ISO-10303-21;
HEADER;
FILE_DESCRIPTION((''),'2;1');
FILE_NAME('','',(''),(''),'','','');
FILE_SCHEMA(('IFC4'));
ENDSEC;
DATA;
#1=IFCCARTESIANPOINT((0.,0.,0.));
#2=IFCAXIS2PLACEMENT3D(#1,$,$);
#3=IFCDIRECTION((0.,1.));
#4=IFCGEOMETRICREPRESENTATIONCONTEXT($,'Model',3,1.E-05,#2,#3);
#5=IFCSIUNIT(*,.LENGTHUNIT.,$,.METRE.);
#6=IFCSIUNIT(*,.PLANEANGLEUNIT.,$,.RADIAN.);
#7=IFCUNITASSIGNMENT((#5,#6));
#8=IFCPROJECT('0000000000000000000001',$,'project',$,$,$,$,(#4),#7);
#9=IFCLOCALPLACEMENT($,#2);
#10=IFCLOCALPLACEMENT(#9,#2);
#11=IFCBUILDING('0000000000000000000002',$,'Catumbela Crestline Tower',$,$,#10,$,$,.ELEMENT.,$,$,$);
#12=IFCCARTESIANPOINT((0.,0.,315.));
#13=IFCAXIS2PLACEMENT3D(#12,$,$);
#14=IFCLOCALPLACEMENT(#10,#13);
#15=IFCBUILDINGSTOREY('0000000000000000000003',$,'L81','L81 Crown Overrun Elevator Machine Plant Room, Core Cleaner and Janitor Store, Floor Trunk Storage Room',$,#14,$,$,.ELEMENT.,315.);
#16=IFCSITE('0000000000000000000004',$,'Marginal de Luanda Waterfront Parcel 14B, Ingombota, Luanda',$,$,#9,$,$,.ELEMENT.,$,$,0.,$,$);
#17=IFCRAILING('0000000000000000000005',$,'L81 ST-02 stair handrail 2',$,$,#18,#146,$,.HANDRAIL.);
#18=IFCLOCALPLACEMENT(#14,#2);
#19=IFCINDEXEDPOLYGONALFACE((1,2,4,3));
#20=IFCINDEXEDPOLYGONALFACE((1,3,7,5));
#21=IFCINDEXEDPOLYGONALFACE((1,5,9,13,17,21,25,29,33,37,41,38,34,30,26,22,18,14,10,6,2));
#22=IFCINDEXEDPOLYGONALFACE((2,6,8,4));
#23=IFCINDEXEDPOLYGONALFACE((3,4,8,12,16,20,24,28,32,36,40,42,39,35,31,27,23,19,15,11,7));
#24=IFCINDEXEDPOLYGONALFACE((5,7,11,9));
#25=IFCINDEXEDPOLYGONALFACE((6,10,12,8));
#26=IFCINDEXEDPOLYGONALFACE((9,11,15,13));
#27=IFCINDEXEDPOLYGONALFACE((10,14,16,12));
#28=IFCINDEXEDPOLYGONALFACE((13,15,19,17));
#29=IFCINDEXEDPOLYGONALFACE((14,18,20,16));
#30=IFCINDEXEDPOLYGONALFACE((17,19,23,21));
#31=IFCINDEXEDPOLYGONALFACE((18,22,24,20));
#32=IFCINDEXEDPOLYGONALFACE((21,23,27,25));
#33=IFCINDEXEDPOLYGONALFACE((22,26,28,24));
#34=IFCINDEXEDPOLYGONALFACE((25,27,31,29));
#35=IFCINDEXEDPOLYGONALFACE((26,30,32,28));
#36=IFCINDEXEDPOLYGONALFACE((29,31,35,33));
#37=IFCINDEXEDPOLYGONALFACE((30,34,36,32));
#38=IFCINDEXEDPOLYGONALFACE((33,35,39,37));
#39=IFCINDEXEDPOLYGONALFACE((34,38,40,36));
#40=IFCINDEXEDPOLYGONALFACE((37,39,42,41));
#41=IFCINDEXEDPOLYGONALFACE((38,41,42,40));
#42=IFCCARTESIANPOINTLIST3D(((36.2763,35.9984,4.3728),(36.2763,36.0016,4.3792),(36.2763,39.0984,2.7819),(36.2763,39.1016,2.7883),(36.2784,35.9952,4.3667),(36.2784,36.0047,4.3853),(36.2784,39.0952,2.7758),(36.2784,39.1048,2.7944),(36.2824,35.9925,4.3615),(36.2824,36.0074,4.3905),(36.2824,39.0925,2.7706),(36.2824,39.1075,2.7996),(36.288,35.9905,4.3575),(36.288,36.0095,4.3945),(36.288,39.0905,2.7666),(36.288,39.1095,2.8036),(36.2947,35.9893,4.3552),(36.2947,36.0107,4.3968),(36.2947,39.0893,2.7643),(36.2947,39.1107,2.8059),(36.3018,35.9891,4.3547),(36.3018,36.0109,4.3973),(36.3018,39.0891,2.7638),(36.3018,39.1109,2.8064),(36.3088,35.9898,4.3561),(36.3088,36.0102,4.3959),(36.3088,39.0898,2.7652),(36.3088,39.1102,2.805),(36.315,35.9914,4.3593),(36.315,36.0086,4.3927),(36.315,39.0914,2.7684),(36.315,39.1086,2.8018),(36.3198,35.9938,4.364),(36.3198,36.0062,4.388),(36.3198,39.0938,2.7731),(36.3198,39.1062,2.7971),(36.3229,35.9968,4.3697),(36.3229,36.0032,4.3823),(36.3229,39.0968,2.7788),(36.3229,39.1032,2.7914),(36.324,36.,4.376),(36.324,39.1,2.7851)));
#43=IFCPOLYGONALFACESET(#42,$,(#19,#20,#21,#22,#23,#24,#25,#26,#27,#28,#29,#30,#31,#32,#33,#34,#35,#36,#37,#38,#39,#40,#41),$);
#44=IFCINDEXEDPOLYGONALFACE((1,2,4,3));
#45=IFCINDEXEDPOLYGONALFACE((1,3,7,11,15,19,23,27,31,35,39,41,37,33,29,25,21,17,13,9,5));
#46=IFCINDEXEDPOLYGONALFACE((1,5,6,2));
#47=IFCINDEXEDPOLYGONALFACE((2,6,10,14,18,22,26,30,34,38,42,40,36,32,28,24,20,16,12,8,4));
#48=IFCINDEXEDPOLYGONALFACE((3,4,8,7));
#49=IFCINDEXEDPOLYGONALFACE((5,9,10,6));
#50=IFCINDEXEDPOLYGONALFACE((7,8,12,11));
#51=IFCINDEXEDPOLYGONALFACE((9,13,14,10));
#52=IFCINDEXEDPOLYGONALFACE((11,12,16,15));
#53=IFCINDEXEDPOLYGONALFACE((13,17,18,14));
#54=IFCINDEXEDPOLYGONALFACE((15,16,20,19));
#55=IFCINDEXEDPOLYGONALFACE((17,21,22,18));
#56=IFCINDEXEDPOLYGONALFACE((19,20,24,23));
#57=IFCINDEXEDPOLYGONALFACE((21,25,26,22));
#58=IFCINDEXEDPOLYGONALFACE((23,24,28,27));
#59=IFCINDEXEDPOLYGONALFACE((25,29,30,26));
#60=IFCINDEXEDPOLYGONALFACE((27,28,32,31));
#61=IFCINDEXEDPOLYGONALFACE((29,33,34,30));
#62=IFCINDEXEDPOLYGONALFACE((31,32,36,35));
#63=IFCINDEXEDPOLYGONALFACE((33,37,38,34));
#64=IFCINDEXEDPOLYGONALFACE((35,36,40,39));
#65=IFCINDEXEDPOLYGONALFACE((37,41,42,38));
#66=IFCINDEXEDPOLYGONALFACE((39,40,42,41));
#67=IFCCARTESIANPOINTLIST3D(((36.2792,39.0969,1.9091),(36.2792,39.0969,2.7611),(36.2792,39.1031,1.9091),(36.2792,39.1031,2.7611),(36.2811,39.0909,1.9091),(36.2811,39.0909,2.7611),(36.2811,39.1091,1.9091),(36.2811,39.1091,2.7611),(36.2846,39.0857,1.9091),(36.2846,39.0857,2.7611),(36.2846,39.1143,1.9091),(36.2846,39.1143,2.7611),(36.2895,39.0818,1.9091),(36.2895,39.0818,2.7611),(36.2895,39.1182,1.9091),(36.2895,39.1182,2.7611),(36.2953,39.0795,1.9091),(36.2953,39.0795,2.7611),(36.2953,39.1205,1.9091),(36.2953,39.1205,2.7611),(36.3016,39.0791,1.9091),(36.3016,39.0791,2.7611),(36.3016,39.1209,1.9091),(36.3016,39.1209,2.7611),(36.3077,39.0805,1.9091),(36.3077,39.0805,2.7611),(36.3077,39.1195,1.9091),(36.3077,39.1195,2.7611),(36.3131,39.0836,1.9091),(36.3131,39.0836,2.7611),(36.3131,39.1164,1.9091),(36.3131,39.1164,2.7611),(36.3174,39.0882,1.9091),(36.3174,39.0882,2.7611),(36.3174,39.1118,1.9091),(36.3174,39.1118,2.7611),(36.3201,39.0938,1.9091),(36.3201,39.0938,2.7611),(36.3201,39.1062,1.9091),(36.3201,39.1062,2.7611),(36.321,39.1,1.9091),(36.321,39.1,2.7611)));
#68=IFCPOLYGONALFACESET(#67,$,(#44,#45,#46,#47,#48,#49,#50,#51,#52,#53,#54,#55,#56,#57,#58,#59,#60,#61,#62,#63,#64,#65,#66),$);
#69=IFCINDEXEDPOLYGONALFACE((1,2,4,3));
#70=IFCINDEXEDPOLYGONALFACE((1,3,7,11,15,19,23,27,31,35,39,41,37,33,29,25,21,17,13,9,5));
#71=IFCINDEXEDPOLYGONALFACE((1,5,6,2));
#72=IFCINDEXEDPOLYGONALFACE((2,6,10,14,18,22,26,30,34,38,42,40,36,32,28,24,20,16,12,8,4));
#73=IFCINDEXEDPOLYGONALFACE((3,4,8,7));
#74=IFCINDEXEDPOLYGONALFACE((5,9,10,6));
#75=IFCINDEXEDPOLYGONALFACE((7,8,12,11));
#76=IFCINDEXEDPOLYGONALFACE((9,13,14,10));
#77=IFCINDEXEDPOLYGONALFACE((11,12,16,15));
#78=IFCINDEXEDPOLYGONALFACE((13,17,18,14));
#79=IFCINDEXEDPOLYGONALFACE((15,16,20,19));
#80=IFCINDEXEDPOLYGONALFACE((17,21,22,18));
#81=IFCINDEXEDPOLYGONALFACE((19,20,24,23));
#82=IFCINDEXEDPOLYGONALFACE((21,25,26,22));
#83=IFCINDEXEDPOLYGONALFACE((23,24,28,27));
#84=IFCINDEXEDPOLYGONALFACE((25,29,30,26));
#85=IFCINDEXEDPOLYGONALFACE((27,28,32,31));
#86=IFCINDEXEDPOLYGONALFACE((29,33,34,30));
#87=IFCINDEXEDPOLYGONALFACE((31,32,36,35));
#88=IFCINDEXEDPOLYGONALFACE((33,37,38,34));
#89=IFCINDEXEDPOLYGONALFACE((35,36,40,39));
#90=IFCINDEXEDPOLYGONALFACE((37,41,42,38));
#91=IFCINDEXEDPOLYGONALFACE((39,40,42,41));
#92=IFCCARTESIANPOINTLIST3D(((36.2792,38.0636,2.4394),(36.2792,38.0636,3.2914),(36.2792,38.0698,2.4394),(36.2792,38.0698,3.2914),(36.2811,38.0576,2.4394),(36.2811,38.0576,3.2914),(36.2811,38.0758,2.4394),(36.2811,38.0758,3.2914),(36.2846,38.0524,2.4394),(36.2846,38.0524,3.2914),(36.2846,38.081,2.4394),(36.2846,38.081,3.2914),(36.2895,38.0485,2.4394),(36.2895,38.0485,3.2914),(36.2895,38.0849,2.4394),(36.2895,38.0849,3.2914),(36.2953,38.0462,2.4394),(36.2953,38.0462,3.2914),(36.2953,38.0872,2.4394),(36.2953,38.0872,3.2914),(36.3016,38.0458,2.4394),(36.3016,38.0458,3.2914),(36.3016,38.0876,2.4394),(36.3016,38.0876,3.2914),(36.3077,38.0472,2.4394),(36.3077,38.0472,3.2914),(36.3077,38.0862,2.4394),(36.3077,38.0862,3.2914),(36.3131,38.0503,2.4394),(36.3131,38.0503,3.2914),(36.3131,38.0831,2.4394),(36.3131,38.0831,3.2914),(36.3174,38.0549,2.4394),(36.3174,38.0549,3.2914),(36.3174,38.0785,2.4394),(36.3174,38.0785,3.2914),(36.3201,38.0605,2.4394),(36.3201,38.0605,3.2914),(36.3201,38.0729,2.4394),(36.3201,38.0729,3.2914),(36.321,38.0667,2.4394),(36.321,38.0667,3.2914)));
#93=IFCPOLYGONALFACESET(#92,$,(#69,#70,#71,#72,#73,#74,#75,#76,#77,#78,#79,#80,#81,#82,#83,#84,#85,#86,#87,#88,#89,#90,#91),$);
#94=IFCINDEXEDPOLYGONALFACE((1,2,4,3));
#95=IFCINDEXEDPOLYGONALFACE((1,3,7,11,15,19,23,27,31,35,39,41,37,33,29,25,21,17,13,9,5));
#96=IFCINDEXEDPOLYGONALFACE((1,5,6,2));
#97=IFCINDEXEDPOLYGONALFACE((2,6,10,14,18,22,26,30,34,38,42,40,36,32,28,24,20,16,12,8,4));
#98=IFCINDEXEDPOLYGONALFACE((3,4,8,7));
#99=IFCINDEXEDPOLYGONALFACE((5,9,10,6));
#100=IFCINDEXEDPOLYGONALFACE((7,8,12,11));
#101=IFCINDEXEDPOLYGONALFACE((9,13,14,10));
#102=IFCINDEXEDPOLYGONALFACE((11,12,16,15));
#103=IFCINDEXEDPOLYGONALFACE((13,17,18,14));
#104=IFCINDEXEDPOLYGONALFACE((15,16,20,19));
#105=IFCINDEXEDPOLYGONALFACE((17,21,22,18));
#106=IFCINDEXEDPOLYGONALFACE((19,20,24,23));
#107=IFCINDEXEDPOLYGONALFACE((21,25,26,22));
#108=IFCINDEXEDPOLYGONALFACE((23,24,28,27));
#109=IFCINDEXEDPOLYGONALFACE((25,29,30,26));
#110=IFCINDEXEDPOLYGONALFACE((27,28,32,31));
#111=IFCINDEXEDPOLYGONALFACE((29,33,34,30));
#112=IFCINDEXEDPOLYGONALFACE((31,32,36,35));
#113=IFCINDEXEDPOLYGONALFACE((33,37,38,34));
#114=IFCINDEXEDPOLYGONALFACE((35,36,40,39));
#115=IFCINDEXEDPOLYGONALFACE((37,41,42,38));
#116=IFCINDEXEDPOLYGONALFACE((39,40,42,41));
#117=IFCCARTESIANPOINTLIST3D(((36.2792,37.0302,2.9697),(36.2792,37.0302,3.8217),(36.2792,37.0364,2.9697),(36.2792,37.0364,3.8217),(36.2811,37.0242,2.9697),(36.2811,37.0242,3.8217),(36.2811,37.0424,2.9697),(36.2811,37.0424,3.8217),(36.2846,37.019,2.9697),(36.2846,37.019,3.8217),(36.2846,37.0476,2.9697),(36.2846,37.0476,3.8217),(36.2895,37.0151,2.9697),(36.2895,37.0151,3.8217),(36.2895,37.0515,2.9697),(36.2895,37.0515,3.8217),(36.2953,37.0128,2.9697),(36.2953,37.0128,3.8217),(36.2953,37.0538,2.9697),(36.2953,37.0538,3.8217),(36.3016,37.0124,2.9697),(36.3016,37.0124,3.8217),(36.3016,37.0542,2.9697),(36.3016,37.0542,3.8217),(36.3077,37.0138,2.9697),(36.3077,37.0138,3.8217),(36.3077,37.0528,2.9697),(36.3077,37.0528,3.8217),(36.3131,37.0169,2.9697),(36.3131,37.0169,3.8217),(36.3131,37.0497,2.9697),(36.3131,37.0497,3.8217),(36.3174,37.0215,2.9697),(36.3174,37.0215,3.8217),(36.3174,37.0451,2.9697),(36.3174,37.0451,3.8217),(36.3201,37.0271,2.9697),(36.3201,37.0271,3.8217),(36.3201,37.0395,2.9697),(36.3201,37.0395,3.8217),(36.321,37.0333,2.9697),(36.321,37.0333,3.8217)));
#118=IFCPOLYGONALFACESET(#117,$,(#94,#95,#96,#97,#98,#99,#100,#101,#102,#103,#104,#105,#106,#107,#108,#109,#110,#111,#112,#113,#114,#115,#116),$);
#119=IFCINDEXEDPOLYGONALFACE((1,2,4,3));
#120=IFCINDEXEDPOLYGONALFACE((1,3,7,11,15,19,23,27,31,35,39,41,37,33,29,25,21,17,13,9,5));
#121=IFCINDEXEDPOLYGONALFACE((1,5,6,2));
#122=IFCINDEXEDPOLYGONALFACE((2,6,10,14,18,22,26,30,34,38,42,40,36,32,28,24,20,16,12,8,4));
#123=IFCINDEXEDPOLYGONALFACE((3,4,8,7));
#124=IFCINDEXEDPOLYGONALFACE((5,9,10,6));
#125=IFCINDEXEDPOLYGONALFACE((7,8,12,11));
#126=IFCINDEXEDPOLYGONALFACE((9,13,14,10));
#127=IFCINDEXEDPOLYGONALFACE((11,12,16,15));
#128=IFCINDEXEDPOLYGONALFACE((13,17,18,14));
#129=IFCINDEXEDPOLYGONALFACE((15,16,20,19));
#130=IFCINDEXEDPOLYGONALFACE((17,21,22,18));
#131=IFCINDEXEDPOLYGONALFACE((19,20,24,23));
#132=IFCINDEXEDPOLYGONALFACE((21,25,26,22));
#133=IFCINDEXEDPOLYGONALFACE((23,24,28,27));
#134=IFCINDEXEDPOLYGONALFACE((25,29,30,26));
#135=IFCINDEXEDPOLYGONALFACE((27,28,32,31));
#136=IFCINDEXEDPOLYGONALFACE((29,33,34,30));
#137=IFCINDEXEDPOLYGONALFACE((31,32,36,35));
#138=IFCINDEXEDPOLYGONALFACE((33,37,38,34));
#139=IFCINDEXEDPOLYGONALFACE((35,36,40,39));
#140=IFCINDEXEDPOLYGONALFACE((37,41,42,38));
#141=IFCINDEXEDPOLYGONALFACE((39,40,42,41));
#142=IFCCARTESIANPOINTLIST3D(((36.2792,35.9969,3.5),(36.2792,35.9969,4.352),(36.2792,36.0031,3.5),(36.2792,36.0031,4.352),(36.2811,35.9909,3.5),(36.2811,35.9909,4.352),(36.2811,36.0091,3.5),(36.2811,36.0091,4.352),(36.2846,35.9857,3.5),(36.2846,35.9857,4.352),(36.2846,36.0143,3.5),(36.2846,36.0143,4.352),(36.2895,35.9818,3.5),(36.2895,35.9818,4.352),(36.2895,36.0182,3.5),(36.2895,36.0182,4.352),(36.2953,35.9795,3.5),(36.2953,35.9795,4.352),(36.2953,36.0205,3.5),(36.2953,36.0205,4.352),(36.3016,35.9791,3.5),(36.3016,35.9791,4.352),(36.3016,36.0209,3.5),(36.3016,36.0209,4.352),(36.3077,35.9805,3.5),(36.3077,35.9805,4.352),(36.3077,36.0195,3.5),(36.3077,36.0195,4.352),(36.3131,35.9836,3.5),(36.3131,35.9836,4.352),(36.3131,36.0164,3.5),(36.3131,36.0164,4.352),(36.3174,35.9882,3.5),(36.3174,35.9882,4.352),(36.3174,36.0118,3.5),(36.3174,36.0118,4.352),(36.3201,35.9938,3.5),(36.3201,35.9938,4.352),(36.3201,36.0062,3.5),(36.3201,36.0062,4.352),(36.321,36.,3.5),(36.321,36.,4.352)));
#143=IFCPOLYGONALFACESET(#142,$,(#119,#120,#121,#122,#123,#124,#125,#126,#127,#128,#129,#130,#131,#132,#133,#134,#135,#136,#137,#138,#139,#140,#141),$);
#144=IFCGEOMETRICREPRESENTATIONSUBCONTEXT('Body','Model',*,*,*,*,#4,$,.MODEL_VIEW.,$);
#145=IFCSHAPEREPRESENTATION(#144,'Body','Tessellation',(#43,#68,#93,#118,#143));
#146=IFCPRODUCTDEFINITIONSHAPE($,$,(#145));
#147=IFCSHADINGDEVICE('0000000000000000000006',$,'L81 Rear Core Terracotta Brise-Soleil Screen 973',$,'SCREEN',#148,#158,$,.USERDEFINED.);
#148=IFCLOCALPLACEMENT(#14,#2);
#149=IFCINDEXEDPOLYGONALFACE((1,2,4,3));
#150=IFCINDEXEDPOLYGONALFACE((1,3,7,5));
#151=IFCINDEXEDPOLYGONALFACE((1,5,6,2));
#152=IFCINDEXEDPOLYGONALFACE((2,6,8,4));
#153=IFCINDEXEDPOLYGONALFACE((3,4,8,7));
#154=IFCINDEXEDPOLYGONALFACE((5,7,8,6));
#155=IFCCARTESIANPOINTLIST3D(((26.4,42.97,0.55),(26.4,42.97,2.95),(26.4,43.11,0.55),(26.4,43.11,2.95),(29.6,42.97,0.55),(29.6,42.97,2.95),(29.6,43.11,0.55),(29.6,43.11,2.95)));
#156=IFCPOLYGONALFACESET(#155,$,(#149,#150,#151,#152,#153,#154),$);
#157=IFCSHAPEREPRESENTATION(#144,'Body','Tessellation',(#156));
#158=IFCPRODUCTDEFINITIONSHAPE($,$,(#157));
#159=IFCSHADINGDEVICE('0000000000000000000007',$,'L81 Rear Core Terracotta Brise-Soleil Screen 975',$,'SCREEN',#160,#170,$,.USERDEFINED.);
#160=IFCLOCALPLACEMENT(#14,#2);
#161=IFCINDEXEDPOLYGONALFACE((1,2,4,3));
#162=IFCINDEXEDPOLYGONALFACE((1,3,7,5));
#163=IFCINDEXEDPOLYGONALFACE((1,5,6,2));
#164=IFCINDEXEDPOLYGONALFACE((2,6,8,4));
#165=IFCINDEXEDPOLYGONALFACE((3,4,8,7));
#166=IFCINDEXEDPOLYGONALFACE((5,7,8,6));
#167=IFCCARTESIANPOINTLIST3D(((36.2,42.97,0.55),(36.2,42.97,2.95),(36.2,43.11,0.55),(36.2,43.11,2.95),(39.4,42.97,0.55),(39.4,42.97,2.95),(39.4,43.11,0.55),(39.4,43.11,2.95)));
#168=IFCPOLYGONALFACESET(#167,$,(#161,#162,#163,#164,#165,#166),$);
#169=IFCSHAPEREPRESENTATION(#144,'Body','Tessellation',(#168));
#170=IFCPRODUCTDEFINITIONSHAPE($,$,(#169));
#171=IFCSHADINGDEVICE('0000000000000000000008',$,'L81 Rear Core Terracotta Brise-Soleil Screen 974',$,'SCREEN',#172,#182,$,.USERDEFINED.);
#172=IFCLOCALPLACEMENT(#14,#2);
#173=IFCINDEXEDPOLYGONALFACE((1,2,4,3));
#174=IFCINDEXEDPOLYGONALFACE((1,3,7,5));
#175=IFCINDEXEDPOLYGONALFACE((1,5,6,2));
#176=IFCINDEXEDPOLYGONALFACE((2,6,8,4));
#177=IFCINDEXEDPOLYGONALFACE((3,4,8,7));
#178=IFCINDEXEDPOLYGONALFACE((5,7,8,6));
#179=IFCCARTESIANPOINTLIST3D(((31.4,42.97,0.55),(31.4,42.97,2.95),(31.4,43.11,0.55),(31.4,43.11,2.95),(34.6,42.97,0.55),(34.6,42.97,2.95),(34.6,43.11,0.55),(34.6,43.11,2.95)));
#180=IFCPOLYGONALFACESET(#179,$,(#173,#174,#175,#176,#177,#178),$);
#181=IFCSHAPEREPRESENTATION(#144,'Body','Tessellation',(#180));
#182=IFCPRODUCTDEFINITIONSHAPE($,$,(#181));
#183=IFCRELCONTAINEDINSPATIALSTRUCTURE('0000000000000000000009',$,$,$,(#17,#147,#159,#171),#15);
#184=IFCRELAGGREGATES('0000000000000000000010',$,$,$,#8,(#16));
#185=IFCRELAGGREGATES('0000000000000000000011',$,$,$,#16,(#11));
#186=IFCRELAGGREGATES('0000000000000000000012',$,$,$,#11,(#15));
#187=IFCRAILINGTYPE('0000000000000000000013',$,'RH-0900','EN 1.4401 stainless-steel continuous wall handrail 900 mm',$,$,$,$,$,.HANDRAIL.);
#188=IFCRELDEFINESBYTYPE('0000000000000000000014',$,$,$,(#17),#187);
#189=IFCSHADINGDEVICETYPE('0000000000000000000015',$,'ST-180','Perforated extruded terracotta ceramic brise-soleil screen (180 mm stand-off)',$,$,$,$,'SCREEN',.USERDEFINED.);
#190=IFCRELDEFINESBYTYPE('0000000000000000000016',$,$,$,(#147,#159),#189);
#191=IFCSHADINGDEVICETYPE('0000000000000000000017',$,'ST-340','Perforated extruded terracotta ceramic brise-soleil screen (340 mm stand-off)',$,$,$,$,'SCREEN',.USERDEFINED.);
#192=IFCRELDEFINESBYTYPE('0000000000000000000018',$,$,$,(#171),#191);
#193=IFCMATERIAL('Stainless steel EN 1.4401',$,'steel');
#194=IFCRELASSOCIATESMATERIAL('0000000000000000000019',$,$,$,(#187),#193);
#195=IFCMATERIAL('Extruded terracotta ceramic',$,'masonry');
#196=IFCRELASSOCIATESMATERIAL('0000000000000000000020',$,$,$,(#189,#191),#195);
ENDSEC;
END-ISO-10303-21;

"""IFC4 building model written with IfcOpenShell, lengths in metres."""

from ifc_helpers import new_model, si_unit, direction, frame, origin, origin_2d, place, context, subcontext, project, spatial, rectangle, circle, extrude, material, type_object, element, save


model = new_model("IFC4")

# Units and contexts
model_context = context("Model", 3, precision=1e-05, world=origin(), true_north=direction((0.0, 1.0)))
body_context = subcontext(model_context, "Body", "Model", "MODEL_VIEW")
ifc_project = project(units=[si_unit("LENGTHUNIT", "METRE"), si_unit("PLANEANGLEUNIT", "RADIAN")], contexts=[model_context])

# Site, building, storey
site_placement = place(None, origin())
site = spatial("IfcSite", under=ifc_project, at=site_placement, Name="Marginal de Luanda Waterfront Parcel 14B, Ingombota, Luanda", CompositionType="ELEMENT", RefElevation=0.0)
building_placement = place(site_placement, origin())
building = spatial("IfcBuilding", under=site, at=building_placement, Name="Catumbela Crestline Tower", CompositionType="ELEMENT")
storey_placement = place(building_placement, frame((0.0, 0.0, 315.0)))
storey = spatial("IfcBuildingStorey", under=building, at=storey_placement, Name="L81", Description="L81 Crown Overrun Elevator Machine Plant Room, Core Cleaner and Janitor Store, Floor Trunk Storage Room", CompositionType="ELEMENT", Elevation=315.0)

# Shared definitions
ifc_material_1 = material(Name="Stainless steel EN 1.4401", Category="steel")

# Railing
railing_type_1 = type_object("IfcRailingType", Name="RH-0900", Description="EN 1.4401 stainless-steel continuous wall handrail 900 mm", PredefinedType="HANDRAIL", material=ifc_material_1)
railing_1_placement = place(storey_placement, frame((36.3, 39.1, 1.9091)))
element("IfcRailing", 1, at=railing_1_placement, inside=storey, type_object=railing_type_1, Name="L81 ST-02 stair handrail 2", PredefinedType="HANDRAIL", context=body_context, shape_type="SweptSolid", body=[
    extrude(circle(Radius=0.024, at=origin_2d()), frame((0.0, 0.0, 0.876), z_axis=(0.0, -0.889683, 0.456579), x_axis=(1.0, 0.0, 0.0)), (0.0, 0.0, 1.0), 3.4844),
    extrude(circle(Radius=0.021, at=origin_2d()), origin(), (0.0, 0.0, 1.0), 0.852),
    extrude(circle(Radius=0.021, at=origin_2d()), frame((0.0, -1.0333, 0.5303)), (0.0, 0.0, 1.0), 0.852),
    extrude(circle(Radius=0.021, at=origin_2d()), frame((0.0, -2.0667, 1.0606)), (0.0, 0.0, 1.0), 0.852),
    extrude(circle(Radius=0.021, at=origin_2d()), frame((0.0, -3.1, 1.5909)), (0.0, 0.0, 1.0), 0.852),
])

# Shading devices
ifc_material_2 = material(Name="Extruded terracotta ceramic", Category="masonry")
shading_device_type_1 = type_object("IfcShadingDeviceType", Name="ST-180", Description="Perforated extruded terracotta ceramic brise-soleil screen (180 mm stand-off)", ElementType="SCREEN", PredefinedType="USERDEFINED", material=ifc_material_2)
for number, where, z_axis, x_axis, name in (
    (2, (28.0, 43.04, 0.55), (0.0, 0.0, 1.0), (1.0, 0.0, 0.0), "L81 Rear Core Terracotta Brise-Soleil Screen 973"),
    (3, (37.8, 43.04, 0.55), (0.0, 0.0, 1.0), (1.0, 0.0, 0.0), "L81 Rear Core Terracotta Brise-Soleil Screen 975"),
):
    element("IfcShadingDevice", number, at=place(storey_placement, frame(where, z_axis=z_axis, x_axis=x_axis)), inside=storey, type_object=shading_device_type_1, Name=name, ObjectType="SCREEN", PredefinedType="USERDEFINED", context=body_context, shape_type="SweptSolid", body=[
        extrude(rectangle(XDim=3.2, YDim=0.14, at=origin_2d()), origin(), (0.0, 0.0, 1.0), 2.4),
    ])
shading_device_type_2 = type_object("IfcShadingDeviceType", Name="ST-340", Description="Perforated extruded terracotta ceramic brise-soleil screen (340 mm stand-off)", ElementType="SCREEN", PredefinedType="USERDEFINED", material=ifc_material_2)
shading_device_placement = place(storey_placement, frame((33.0, 43.04, 0.55), z_axis=(0.0, 0.0, 1.0), x_axis=(1.0, 0.0, 0.0)))
element("IfcShadingDevice", 4, at=shading_device_placement, inside=storey, type_object=shading_device_type_2, Name="L81 Rear Core Terracotta Brise-Soleil Screen 974", ObjectType="SCREEN", PredefinedType="USERDEFINED", context=body_context, shape_type="SweptSolid", body=[
    extrude(rectangle(XDim=3.2, YDim=0.14, at=origin_2d()), origin(), (0.0, 0.0, 1.0), 2.4),
])

save(model, "model.ifc")
